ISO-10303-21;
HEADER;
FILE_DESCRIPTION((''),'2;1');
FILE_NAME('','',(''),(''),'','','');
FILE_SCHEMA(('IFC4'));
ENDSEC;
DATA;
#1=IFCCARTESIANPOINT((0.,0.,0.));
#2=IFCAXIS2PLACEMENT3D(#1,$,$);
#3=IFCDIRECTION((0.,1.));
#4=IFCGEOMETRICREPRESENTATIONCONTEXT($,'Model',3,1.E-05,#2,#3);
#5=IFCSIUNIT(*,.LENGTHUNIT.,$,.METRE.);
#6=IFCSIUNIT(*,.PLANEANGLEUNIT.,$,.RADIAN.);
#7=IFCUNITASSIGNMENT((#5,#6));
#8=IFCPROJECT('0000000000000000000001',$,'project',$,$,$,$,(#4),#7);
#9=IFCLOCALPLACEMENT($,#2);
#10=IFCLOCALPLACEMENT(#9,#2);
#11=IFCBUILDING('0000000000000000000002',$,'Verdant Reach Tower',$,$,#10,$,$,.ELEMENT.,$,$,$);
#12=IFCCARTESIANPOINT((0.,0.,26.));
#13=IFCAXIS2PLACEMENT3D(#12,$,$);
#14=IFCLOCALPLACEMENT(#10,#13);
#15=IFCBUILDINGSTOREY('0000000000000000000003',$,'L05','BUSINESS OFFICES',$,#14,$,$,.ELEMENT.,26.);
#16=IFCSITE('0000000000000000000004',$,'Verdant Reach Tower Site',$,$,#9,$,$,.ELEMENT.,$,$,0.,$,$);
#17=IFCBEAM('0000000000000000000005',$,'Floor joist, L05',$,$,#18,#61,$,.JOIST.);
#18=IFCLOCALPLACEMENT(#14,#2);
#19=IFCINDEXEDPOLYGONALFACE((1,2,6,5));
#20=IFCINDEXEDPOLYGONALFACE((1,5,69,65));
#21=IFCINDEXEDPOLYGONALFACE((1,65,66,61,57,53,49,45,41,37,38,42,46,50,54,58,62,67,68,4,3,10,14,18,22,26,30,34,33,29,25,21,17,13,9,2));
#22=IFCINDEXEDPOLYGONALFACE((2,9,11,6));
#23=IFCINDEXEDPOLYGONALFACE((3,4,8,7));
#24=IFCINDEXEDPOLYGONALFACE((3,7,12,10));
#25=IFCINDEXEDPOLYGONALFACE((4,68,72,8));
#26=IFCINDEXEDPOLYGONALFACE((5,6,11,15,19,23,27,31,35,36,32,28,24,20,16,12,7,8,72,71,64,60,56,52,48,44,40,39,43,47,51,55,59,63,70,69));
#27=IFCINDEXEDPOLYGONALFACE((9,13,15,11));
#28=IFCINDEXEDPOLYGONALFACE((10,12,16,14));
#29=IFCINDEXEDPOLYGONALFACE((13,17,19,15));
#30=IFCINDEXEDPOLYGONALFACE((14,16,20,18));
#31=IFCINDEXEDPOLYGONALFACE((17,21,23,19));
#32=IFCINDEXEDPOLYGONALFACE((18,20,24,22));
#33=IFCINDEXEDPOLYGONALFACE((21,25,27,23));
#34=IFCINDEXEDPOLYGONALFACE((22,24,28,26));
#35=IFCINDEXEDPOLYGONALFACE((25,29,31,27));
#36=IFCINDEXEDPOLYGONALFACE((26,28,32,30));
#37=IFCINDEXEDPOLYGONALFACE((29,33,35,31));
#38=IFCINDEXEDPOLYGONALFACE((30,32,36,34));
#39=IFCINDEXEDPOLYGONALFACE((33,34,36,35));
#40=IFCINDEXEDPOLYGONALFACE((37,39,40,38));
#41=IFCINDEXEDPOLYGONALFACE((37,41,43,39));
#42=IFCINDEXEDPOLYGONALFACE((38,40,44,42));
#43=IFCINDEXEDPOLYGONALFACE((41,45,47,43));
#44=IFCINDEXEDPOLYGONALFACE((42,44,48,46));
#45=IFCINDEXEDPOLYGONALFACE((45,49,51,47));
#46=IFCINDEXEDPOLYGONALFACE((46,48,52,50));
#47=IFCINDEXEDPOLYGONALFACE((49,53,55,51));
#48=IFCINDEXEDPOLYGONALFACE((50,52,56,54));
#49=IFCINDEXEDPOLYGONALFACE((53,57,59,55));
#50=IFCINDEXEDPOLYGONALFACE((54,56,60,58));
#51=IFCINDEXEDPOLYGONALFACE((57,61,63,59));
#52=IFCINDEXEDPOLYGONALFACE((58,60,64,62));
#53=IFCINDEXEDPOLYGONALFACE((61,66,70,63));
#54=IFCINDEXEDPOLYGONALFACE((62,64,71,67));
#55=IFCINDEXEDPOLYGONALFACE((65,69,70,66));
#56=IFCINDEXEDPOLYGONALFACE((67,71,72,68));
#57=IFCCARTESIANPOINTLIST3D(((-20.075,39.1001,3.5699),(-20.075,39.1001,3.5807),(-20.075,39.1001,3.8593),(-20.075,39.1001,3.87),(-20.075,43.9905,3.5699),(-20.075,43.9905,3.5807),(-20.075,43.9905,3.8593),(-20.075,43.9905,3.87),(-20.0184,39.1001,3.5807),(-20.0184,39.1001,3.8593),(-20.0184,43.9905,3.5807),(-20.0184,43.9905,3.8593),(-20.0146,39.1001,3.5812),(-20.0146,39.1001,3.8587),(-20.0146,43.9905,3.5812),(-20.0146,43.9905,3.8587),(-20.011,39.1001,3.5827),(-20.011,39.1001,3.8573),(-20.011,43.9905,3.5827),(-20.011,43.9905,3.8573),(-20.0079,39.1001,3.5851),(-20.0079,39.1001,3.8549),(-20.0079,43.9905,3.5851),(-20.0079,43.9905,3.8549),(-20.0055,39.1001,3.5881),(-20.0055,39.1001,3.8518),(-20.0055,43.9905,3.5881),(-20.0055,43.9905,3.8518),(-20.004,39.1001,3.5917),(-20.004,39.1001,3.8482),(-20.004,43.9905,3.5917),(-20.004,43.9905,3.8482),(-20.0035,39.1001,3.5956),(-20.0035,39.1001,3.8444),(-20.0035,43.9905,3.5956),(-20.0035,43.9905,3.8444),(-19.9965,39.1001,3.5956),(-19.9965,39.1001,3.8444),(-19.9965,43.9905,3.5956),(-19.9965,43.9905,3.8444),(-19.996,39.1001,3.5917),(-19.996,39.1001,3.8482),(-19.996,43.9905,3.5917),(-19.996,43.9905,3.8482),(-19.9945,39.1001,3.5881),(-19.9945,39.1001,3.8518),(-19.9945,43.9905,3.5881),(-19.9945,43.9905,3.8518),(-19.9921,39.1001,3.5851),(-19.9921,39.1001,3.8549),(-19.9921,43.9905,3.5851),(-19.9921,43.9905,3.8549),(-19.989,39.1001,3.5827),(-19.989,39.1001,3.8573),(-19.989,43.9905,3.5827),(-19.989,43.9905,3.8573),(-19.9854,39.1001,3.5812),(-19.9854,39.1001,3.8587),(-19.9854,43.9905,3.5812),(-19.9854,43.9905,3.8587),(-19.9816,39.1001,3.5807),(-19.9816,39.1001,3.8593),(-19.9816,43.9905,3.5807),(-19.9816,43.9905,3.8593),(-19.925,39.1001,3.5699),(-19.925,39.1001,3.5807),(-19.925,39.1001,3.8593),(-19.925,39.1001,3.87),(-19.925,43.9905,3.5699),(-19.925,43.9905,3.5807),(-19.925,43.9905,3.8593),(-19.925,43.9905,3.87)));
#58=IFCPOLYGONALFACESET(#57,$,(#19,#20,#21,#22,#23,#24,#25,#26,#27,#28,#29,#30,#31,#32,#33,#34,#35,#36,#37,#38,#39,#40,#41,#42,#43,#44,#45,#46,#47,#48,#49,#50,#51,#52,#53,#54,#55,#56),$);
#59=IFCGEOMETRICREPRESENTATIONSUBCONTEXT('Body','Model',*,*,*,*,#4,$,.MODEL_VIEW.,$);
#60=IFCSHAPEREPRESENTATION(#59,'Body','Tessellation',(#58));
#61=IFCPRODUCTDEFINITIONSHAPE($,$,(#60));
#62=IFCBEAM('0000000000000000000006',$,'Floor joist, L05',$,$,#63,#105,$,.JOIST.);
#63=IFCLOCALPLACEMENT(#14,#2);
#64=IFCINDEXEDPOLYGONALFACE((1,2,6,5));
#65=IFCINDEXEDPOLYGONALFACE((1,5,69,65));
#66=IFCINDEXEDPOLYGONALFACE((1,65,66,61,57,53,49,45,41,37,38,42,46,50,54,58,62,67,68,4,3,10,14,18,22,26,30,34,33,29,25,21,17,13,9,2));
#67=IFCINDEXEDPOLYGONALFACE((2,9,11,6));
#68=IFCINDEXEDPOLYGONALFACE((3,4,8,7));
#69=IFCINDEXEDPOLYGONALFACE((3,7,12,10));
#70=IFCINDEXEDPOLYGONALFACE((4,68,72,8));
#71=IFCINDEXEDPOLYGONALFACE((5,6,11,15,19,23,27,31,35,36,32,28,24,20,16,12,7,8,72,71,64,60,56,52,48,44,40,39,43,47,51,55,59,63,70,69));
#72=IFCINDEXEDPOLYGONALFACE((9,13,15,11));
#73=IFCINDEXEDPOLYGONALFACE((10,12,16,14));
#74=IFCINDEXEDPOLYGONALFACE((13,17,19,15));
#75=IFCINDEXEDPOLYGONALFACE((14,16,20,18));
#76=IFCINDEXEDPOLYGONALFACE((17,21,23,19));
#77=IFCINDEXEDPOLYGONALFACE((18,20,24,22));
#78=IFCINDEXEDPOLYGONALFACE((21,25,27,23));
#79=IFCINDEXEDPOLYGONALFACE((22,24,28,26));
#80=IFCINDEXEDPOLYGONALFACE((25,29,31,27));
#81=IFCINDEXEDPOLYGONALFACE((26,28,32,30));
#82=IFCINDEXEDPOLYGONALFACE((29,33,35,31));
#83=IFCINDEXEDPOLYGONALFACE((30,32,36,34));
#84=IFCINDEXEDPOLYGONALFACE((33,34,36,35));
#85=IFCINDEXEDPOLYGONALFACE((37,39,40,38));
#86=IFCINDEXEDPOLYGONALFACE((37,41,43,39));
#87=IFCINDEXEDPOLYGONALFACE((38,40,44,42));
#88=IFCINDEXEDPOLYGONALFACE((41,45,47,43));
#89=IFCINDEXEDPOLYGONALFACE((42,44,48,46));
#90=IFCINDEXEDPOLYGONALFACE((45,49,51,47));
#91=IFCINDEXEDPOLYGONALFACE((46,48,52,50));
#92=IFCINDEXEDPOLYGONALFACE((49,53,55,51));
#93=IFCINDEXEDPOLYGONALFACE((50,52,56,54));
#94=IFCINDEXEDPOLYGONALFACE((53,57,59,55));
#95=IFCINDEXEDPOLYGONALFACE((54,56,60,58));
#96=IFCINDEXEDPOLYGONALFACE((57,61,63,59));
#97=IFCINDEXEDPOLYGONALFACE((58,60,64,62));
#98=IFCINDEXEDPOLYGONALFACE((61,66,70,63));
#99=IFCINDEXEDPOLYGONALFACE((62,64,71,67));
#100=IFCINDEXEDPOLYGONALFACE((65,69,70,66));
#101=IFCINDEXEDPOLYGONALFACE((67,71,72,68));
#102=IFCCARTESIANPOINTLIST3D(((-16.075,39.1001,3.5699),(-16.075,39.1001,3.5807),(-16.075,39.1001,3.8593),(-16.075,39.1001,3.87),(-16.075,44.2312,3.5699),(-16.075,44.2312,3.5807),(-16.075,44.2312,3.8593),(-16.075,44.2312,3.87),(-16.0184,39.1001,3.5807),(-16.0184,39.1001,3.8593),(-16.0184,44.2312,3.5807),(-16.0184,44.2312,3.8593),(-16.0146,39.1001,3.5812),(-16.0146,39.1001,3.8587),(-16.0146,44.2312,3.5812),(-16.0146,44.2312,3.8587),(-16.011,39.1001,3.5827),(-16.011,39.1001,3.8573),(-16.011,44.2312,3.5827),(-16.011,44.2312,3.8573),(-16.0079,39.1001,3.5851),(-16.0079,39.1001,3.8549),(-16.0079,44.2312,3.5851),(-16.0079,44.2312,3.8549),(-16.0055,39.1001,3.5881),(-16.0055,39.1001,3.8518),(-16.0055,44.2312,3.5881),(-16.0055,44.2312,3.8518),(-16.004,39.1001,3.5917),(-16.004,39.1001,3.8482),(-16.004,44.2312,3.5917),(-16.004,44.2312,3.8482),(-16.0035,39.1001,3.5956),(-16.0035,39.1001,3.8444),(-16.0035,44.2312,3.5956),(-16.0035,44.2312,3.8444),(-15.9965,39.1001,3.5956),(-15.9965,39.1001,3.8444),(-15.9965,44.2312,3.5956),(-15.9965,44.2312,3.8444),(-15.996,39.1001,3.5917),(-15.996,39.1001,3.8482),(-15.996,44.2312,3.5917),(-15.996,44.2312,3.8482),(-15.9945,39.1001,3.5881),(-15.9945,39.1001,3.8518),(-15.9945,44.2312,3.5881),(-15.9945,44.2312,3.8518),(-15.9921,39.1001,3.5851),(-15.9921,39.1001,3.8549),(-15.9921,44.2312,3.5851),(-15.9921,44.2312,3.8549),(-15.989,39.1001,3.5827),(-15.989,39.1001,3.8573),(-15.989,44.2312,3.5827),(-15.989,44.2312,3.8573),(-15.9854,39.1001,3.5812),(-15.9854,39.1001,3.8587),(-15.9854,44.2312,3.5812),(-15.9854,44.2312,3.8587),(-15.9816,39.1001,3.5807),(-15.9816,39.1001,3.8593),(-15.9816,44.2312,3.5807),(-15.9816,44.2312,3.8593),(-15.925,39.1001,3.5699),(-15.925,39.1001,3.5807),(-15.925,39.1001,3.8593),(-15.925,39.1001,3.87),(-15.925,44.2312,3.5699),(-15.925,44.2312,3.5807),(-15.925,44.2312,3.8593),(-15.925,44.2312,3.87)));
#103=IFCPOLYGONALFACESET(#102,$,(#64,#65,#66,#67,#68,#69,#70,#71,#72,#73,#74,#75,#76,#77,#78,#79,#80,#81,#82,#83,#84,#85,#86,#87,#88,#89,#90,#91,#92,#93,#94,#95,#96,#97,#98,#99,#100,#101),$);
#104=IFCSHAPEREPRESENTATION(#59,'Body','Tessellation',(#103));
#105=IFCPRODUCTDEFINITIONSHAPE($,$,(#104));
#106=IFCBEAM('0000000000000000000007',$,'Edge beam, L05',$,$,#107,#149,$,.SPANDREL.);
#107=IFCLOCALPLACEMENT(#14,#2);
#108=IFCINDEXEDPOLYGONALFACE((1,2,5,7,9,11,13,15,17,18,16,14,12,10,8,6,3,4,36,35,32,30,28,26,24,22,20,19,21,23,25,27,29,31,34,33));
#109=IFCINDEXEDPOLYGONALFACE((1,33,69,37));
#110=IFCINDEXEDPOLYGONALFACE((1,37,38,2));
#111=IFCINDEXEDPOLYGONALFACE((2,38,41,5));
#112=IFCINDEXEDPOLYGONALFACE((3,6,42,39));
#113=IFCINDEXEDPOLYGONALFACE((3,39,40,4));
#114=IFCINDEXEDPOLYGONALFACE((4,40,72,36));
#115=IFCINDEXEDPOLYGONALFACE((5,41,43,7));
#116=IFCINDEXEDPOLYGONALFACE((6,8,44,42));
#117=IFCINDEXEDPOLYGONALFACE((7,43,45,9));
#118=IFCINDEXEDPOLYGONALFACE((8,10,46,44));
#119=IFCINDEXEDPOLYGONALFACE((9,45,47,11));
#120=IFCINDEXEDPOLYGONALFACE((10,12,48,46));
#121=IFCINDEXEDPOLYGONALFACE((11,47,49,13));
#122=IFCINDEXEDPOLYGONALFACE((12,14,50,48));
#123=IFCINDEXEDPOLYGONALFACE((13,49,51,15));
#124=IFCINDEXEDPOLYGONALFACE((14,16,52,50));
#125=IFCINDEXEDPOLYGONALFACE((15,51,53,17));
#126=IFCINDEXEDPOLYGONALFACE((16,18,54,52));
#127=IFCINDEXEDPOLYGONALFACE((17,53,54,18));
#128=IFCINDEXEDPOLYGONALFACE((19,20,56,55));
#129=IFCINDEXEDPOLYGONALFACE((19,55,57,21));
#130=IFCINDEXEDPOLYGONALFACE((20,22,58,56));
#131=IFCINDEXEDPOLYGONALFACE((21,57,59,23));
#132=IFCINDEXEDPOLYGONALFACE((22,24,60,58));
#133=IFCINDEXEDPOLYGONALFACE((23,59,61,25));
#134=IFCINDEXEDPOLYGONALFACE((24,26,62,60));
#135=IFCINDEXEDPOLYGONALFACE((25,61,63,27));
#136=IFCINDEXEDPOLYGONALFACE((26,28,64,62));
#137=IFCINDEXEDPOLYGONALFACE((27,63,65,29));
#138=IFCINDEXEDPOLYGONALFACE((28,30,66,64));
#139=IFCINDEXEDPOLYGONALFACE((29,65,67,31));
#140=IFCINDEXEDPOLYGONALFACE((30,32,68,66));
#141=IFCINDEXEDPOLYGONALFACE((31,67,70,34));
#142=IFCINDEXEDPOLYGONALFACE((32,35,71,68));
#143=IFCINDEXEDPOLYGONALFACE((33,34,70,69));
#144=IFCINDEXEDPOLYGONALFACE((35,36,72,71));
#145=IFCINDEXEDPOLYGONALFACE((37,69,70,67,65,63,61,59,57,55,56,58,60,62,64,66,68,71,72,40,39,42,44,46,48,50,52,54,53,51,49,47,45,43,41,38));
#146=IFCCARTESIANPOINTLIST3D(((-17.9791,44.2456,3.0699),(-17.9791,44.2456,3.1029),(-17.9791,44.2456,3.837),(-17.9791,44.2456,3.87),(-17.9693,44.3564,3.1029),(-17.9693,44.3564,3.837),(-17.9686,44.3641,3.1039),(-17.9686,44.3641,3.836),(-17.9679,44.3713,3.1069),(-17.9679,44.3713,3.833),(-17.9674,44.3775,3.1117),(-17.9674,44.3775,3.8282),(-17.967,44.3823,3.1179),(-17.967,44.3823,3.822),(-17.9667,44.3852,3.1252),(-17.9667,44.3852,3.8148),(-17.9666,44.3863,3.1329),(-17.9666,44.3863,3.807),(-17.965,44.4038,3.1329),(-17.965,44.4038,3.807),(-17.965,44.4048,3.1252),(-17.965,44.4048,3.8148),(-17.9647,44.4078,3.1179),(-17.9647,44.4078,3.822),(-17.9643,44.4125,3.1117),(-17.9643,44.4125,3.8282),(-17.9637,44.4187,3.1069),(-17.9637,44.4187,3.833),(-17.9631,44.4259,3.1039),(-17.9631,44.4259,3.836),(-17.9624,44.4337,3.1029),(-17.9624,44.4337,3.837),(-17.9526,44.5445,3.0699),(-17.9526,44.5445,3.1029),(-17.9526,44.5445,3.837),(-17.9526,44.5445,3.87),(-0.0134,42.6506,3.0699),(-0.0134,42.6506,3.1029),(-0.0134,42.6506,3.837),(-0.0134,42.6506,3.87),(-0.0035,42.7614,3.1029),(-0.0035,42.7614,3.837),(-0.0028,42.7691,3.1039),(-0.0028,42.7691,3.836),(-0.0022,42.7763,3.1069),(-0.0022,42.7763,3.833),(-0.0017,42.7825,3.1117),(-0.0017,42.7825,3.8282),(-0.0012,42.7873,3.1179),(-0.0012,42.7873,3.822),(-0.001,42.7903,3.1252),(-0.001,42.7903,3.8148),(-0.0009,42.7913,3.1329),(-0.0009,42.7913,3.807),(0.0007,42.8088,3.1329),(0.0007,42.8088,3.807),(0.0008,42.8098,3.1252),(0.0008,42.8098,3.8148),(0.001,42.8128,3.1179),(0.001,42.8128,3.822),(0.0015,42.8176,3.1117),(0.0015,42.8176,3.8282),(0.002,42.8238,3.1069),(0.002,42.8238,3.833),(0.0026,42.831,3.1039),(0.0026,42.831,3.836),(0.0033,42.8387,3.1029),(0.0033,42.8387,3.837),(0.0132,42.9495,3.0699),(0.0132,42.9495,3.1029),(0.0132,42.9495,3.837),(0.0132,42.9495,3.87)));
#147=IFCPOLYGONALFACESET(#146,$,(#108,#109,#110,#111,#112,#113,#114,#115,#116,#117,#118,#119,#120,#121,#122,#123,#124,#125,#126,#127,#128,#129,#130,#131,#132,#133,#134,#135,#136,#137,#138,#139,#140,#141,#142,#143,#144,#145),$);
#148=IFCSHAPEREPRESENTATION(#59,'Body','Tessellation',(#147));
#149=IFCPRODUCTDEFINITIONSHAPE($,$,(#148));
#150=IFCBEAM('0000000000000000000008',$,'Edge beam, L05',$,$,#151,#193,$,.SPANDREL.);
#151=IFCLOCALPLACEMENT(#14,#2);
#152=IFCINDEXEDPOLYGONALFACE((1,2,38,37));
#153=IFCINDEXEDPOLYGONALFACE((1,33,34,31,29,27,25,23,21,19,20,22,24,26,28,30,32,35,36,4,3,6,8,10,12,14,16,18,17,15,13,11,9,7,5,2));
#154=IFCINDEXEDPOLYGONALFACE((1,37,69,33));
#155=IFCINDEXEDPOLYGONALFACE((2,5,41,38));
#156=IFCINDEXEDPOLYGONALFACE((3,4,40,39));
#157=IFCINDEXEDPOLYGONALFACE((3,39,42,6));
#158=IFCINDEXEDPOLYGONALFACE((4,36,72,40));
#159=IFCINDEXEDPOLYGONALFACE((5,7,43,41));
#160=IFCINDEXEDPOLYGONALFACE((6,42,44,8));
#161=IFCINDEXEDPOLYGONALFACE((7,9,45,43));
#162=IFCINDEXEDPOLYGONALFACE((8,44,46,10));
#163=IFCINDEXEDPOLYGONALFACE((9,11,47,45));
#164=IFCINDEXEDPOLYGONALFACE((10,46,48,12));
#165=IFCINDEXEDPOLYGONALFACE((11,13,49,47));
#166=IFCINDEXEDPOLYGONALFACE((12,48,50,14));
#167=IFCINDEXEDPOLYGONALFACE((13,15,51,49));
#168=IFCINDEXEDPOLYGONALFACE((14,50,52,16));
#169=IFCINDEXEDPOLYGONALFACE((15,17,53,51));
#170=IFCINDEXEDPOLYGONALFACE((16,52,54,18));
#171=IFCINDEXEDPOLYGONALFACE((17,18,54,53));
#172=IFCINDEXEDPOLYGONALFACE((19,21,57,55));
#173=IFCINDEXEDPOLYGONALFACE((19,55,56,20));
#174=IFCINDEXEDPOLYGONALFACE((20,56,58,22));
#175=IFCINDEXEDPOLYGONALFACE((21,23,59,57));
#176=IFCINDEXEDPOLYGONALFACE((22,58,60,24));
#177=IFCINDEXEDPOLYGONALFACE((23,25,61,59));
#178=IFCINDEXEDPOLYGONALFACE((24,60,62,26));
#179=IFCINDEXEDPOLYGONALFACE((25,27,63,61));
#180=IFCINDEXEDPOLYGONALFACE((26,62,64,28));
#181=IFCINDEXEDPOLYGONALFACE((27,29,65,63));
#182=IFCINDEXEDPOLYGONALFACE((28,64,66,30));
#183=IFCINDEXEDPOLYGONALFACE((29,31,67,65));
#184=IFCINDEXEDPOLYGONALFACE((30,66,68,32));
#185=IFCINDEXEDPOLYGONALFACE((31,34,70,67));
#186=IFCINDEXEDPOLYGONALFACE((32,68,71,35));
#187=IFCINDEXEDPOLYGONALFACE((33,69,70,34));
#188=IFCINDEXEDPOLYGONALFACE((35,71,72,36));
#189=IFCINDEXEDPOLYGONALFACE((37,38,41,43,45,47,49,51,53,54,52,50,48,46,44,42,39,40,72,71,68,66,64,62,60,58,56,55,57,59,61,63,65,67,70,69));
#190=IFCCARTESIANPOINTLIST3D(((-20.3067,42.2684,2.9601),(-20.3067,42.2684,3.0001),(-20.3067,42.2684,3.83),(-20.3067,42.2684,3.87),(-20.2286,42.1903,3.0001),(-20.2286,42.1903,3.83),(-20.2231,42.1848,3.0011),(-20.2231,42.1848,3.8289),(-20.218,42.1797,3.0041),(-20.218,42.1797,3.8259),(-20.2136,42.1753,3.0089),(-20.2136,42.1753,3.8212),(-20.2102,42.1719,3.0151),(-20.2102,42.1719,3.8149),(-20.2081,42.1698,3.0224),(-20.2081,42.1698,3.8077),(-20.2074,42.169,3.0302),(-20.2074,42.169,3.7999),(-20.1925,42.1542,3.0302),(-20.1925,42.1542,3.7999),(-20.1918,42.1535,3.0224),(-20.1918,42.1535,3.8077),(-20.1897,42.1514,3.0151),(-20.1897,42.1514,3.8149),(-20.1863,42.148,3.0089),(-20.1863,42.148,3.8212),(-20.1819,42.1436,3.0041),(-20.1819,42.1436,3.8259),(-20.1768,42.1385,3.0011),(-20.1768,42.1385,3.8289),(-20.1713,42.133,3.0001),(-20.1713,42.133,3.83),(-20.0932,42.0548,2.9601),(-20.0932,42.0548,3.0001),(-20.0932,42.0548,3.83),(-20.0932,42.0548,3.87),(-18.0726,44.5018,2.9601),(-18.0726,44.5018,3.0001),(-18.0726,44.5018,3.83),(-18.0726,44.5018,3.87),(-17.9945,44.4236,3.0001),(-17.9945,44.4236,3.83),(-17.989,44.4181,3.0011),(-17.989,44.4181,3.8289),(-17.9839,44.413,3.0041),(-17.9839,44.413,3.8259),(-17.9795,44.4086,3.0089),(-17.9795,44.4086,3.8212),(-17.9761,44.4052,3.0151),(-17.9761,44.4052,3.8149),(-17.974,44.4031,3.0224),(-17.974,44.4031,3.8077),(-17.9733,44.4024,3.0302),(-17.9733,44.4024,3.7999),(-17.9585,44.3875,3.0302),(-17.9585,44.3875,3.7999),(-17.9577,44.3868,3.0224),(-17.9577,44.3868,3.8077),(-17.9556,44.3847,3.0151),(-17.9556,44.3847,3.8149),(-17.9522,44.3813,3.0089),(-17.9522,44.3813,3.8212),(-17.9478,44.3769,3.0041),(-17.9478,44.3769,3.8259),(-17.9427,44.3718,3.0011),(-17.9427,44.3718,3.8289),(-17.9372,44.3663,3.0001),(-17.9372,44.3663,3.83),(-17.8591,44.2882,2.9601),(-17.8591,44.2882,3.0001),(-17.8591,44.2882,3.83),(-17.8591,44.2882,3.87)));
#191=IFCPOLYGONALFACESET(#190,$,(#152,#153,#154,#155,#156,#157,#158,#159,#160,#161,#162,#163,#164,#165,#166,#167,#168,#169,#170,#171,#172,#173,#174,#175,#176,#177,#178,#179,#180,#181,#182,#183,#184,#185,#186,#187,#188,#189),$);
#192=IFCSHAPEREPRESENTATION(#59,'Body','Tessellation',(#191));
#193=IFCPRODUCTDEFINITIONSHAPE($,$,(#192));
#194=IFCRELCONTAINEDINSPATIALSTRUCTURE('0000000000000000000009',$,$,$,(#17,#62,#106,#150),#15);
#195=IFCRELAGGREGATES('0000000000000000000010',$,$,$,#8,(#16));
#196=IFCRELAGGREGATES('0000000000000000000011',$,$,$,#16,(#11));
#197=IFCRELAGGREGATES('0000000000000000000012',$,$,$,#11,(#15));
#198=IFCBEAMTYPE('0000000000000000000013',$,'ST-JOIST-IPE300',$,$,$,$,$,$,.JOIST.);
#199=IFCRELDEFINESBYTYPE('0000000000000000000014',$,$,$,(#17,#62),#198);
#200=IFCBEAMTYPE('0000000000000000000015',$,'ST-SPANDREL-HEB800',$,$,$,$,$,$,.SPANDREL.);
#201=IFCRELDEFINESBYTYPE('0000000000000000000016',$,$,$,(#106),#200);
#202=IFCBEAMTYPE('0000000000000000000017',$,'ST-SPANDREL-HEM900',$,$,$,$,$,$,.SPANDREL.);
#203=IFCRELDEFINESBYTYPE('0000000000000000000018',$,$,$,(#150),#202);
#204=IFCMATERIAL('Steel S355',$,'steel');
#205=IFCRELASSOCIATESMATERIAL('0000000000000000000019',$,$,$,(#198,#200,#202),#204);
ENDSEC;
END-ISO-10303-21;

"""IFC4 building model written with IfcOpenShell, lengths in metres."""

from ifc_helpers import new_model, si_unit, direction, frame, origin, origin_2d, place, context, subcontext, project, spatial, i_section, extrude, material, material_profile, profile_set, type_object, element, save


model = new_model("IFC4")

# Units and contexts
model_context = context("Model", 3, precision=1e-05, world=origin(), true_north=direction((0.0, 1.0)))
body_context = subcontext(model_context, "Body", "Model", "MODEL_VIEW")
ifc_project = project(units=[si_unit("LENGTHUNIT", "METRE"), si_unit("PLANEANGLEUNIT", "RADIAN")], contexts=[model_context])

# Site, building, storey
site_placement = place(None, origin())
site = spatial("IfcSite", under=ifc_project, at=site_placement, Name="Verdant Reach Tower Site", CompositionType="ELEMENT", RefElevation=0.0)
building_placement = place(site_placement, origin())
building = spatial("IfcBuilding", under=site, at=building_placement, Name="Verdant Reach Tower", CompositionType="ELEMENT")
storey_placement = place(building_placement, frame((0.0, 0.0, 26.0)))
storey = spatial("IfcBuildingStorey", under=building, at=storey_placement, Name="L05", Description="BUSINESS OFFICES", CompositionType="ELEMENT", Elevation=26.0)

# Beams
ifc_material_1 = material(Name="Steel S355", Category="steel")
ifc_material_profile_1 = material_profile(ifc_material_1, i_section(OverallWidth=0.1499, OverallDepth=0.3, WebThickness=0.0071, FlangeThickness=0.0107, FilletRadius=0.0149, at=origin_2d()), Name="IPE 300")
ifc_profile_set_1 = profile_set([ifc_material_profile_1], Name="Steel S355")
beam_type_1 = type_object("IfcBeamType", Name="ST-JOIST-IPE300", PredefinedType="JOIST", material=ifc_profile_set_1)
beam_1_placement = place(storey_placement, frame((-20.0, 39.1001, 3.72), z_axis=(0.0, 1.0, 0.0), x_axis=(-1.0, 0.0, 0.0)))
element("IfcBeam", 1, at=beam_1_placement, inside=storey, type_object=beam_type_1, Name="Floor joist, L05", PredefinedType="JOIST", context=body_context, shape_type="SweptSolid", body=[
    extrude(i_section(OverallWidth=0.1499, OverallDepth=0.3, WebThickness=0.0071, FlangeThickness=0.0107, FilletRadius=0.0149, at=origin_2d()), origin(), (0.0, 0.0, 1.0), 4.8904),
])
beam_2_placement = place(storey_placement, frame((-16.0, 39.1001, 3.72), z_axis=(0.0, 1.0, 0.0), x_axis=(-1.0, 0.0, 0.0)))
element("IfcBeam", 2, at=beam_2_placement, inside=storey, type_object=beam_type_1, Name="Floor joist, L05", PredefinedType="JOIST", context=body_context, shape_type="SweptSolid", body=[
    extrude(i_section(OverallWidth=0.1499, OverallDepth=0.3, WebThickness=0.0071, FlangeThickness=0.0107, FilletRadius=0.0149, at=origin_2d()), origin(), (0.0, 0.0, 1.0), 5.1311),
])
ifc_material_profile_2 = material_profile(ifc_material_1, i_section(OverallWidth=0.3, OverallDepth=0.8, WebThickness=0.0176, FlangeThickness=0.033, FilletRadius=0.03, at=origin_2d()), Name="HEB 800")
ifc_profile_set_2 = profile_set([ifc_material_profile_2], Name="Steel S355")
beam_type_2 = type_object("IfcBeamType", Name="ST-SPANDREL-HEB800", PredefinedType="SPANDREL", material=ifc_profile_set_2)
beam_3_placement = place(storey_placement, frame((-17.9658, 44.395, 3.47), z_axis=(0.996082, -0.08843, 0.0), x_axis=(0.08843, 0.996082, 0.0)))
element("IfcBeam", 3, at=beam_3_placement, inside=storey, type_object=beam_type_2, Name="Edge beam, L05", PredefinedType="SPANDREL", context=body_context, shape_type="SweptSolid", body=[
    extrude(i_section(OverallWidth=0.3, OverallDepth=0.8, WebThickness=0.0176, FlangeThickness=0.033, FilletRadius=0.03, at=origin_2d()), origin(), (0.0, 0.0, 1.0), 18.0364),
])
ifc_material_profile_3 = material_profile(ifc_material_1, i_section(OverallWidth=0.302, OverallDepth=0.9099, WebThickness=0.021, FlangeThickness=0.04, FilletRadius=0.03, at=origin_2d()), Name="HEM 900")
ifc_profile_set_3 = profile_set([ifc_material_profile_3], Name="Steel S355")
beam_type_3 = type_object("IfcBeamType", Name="ST-SPANDREL-HEM900", PredefinedType="SPANDREL", material=ifc_profile_set_3)
beam_4_placement = place(storey_placement, frame((-20.2, 42.1616, 3.415), z_axis=(0.707223, 0.706991, 0.0), x_axis=(-0.706991, 0.707223, 0.0)))
element("IfcBeam", 4, at=beam_4_placement, inside=storey, type_object=beam_type_3, Name="Edge beam, L05", PredefinedType="SPANDREL", context=body_context, shape_type="SweptSolid", body=[
    extrude(i_section(OverallWidth=0.302, OverallDepth=0.9099, WebThickness=0.021, FlangeThickness=0.04, FilletRadius=0.03, at=origin_2d()), origin(), (0.0, 0.0, 1.0), 3.1589),
])

save(model, "model.ifc")
